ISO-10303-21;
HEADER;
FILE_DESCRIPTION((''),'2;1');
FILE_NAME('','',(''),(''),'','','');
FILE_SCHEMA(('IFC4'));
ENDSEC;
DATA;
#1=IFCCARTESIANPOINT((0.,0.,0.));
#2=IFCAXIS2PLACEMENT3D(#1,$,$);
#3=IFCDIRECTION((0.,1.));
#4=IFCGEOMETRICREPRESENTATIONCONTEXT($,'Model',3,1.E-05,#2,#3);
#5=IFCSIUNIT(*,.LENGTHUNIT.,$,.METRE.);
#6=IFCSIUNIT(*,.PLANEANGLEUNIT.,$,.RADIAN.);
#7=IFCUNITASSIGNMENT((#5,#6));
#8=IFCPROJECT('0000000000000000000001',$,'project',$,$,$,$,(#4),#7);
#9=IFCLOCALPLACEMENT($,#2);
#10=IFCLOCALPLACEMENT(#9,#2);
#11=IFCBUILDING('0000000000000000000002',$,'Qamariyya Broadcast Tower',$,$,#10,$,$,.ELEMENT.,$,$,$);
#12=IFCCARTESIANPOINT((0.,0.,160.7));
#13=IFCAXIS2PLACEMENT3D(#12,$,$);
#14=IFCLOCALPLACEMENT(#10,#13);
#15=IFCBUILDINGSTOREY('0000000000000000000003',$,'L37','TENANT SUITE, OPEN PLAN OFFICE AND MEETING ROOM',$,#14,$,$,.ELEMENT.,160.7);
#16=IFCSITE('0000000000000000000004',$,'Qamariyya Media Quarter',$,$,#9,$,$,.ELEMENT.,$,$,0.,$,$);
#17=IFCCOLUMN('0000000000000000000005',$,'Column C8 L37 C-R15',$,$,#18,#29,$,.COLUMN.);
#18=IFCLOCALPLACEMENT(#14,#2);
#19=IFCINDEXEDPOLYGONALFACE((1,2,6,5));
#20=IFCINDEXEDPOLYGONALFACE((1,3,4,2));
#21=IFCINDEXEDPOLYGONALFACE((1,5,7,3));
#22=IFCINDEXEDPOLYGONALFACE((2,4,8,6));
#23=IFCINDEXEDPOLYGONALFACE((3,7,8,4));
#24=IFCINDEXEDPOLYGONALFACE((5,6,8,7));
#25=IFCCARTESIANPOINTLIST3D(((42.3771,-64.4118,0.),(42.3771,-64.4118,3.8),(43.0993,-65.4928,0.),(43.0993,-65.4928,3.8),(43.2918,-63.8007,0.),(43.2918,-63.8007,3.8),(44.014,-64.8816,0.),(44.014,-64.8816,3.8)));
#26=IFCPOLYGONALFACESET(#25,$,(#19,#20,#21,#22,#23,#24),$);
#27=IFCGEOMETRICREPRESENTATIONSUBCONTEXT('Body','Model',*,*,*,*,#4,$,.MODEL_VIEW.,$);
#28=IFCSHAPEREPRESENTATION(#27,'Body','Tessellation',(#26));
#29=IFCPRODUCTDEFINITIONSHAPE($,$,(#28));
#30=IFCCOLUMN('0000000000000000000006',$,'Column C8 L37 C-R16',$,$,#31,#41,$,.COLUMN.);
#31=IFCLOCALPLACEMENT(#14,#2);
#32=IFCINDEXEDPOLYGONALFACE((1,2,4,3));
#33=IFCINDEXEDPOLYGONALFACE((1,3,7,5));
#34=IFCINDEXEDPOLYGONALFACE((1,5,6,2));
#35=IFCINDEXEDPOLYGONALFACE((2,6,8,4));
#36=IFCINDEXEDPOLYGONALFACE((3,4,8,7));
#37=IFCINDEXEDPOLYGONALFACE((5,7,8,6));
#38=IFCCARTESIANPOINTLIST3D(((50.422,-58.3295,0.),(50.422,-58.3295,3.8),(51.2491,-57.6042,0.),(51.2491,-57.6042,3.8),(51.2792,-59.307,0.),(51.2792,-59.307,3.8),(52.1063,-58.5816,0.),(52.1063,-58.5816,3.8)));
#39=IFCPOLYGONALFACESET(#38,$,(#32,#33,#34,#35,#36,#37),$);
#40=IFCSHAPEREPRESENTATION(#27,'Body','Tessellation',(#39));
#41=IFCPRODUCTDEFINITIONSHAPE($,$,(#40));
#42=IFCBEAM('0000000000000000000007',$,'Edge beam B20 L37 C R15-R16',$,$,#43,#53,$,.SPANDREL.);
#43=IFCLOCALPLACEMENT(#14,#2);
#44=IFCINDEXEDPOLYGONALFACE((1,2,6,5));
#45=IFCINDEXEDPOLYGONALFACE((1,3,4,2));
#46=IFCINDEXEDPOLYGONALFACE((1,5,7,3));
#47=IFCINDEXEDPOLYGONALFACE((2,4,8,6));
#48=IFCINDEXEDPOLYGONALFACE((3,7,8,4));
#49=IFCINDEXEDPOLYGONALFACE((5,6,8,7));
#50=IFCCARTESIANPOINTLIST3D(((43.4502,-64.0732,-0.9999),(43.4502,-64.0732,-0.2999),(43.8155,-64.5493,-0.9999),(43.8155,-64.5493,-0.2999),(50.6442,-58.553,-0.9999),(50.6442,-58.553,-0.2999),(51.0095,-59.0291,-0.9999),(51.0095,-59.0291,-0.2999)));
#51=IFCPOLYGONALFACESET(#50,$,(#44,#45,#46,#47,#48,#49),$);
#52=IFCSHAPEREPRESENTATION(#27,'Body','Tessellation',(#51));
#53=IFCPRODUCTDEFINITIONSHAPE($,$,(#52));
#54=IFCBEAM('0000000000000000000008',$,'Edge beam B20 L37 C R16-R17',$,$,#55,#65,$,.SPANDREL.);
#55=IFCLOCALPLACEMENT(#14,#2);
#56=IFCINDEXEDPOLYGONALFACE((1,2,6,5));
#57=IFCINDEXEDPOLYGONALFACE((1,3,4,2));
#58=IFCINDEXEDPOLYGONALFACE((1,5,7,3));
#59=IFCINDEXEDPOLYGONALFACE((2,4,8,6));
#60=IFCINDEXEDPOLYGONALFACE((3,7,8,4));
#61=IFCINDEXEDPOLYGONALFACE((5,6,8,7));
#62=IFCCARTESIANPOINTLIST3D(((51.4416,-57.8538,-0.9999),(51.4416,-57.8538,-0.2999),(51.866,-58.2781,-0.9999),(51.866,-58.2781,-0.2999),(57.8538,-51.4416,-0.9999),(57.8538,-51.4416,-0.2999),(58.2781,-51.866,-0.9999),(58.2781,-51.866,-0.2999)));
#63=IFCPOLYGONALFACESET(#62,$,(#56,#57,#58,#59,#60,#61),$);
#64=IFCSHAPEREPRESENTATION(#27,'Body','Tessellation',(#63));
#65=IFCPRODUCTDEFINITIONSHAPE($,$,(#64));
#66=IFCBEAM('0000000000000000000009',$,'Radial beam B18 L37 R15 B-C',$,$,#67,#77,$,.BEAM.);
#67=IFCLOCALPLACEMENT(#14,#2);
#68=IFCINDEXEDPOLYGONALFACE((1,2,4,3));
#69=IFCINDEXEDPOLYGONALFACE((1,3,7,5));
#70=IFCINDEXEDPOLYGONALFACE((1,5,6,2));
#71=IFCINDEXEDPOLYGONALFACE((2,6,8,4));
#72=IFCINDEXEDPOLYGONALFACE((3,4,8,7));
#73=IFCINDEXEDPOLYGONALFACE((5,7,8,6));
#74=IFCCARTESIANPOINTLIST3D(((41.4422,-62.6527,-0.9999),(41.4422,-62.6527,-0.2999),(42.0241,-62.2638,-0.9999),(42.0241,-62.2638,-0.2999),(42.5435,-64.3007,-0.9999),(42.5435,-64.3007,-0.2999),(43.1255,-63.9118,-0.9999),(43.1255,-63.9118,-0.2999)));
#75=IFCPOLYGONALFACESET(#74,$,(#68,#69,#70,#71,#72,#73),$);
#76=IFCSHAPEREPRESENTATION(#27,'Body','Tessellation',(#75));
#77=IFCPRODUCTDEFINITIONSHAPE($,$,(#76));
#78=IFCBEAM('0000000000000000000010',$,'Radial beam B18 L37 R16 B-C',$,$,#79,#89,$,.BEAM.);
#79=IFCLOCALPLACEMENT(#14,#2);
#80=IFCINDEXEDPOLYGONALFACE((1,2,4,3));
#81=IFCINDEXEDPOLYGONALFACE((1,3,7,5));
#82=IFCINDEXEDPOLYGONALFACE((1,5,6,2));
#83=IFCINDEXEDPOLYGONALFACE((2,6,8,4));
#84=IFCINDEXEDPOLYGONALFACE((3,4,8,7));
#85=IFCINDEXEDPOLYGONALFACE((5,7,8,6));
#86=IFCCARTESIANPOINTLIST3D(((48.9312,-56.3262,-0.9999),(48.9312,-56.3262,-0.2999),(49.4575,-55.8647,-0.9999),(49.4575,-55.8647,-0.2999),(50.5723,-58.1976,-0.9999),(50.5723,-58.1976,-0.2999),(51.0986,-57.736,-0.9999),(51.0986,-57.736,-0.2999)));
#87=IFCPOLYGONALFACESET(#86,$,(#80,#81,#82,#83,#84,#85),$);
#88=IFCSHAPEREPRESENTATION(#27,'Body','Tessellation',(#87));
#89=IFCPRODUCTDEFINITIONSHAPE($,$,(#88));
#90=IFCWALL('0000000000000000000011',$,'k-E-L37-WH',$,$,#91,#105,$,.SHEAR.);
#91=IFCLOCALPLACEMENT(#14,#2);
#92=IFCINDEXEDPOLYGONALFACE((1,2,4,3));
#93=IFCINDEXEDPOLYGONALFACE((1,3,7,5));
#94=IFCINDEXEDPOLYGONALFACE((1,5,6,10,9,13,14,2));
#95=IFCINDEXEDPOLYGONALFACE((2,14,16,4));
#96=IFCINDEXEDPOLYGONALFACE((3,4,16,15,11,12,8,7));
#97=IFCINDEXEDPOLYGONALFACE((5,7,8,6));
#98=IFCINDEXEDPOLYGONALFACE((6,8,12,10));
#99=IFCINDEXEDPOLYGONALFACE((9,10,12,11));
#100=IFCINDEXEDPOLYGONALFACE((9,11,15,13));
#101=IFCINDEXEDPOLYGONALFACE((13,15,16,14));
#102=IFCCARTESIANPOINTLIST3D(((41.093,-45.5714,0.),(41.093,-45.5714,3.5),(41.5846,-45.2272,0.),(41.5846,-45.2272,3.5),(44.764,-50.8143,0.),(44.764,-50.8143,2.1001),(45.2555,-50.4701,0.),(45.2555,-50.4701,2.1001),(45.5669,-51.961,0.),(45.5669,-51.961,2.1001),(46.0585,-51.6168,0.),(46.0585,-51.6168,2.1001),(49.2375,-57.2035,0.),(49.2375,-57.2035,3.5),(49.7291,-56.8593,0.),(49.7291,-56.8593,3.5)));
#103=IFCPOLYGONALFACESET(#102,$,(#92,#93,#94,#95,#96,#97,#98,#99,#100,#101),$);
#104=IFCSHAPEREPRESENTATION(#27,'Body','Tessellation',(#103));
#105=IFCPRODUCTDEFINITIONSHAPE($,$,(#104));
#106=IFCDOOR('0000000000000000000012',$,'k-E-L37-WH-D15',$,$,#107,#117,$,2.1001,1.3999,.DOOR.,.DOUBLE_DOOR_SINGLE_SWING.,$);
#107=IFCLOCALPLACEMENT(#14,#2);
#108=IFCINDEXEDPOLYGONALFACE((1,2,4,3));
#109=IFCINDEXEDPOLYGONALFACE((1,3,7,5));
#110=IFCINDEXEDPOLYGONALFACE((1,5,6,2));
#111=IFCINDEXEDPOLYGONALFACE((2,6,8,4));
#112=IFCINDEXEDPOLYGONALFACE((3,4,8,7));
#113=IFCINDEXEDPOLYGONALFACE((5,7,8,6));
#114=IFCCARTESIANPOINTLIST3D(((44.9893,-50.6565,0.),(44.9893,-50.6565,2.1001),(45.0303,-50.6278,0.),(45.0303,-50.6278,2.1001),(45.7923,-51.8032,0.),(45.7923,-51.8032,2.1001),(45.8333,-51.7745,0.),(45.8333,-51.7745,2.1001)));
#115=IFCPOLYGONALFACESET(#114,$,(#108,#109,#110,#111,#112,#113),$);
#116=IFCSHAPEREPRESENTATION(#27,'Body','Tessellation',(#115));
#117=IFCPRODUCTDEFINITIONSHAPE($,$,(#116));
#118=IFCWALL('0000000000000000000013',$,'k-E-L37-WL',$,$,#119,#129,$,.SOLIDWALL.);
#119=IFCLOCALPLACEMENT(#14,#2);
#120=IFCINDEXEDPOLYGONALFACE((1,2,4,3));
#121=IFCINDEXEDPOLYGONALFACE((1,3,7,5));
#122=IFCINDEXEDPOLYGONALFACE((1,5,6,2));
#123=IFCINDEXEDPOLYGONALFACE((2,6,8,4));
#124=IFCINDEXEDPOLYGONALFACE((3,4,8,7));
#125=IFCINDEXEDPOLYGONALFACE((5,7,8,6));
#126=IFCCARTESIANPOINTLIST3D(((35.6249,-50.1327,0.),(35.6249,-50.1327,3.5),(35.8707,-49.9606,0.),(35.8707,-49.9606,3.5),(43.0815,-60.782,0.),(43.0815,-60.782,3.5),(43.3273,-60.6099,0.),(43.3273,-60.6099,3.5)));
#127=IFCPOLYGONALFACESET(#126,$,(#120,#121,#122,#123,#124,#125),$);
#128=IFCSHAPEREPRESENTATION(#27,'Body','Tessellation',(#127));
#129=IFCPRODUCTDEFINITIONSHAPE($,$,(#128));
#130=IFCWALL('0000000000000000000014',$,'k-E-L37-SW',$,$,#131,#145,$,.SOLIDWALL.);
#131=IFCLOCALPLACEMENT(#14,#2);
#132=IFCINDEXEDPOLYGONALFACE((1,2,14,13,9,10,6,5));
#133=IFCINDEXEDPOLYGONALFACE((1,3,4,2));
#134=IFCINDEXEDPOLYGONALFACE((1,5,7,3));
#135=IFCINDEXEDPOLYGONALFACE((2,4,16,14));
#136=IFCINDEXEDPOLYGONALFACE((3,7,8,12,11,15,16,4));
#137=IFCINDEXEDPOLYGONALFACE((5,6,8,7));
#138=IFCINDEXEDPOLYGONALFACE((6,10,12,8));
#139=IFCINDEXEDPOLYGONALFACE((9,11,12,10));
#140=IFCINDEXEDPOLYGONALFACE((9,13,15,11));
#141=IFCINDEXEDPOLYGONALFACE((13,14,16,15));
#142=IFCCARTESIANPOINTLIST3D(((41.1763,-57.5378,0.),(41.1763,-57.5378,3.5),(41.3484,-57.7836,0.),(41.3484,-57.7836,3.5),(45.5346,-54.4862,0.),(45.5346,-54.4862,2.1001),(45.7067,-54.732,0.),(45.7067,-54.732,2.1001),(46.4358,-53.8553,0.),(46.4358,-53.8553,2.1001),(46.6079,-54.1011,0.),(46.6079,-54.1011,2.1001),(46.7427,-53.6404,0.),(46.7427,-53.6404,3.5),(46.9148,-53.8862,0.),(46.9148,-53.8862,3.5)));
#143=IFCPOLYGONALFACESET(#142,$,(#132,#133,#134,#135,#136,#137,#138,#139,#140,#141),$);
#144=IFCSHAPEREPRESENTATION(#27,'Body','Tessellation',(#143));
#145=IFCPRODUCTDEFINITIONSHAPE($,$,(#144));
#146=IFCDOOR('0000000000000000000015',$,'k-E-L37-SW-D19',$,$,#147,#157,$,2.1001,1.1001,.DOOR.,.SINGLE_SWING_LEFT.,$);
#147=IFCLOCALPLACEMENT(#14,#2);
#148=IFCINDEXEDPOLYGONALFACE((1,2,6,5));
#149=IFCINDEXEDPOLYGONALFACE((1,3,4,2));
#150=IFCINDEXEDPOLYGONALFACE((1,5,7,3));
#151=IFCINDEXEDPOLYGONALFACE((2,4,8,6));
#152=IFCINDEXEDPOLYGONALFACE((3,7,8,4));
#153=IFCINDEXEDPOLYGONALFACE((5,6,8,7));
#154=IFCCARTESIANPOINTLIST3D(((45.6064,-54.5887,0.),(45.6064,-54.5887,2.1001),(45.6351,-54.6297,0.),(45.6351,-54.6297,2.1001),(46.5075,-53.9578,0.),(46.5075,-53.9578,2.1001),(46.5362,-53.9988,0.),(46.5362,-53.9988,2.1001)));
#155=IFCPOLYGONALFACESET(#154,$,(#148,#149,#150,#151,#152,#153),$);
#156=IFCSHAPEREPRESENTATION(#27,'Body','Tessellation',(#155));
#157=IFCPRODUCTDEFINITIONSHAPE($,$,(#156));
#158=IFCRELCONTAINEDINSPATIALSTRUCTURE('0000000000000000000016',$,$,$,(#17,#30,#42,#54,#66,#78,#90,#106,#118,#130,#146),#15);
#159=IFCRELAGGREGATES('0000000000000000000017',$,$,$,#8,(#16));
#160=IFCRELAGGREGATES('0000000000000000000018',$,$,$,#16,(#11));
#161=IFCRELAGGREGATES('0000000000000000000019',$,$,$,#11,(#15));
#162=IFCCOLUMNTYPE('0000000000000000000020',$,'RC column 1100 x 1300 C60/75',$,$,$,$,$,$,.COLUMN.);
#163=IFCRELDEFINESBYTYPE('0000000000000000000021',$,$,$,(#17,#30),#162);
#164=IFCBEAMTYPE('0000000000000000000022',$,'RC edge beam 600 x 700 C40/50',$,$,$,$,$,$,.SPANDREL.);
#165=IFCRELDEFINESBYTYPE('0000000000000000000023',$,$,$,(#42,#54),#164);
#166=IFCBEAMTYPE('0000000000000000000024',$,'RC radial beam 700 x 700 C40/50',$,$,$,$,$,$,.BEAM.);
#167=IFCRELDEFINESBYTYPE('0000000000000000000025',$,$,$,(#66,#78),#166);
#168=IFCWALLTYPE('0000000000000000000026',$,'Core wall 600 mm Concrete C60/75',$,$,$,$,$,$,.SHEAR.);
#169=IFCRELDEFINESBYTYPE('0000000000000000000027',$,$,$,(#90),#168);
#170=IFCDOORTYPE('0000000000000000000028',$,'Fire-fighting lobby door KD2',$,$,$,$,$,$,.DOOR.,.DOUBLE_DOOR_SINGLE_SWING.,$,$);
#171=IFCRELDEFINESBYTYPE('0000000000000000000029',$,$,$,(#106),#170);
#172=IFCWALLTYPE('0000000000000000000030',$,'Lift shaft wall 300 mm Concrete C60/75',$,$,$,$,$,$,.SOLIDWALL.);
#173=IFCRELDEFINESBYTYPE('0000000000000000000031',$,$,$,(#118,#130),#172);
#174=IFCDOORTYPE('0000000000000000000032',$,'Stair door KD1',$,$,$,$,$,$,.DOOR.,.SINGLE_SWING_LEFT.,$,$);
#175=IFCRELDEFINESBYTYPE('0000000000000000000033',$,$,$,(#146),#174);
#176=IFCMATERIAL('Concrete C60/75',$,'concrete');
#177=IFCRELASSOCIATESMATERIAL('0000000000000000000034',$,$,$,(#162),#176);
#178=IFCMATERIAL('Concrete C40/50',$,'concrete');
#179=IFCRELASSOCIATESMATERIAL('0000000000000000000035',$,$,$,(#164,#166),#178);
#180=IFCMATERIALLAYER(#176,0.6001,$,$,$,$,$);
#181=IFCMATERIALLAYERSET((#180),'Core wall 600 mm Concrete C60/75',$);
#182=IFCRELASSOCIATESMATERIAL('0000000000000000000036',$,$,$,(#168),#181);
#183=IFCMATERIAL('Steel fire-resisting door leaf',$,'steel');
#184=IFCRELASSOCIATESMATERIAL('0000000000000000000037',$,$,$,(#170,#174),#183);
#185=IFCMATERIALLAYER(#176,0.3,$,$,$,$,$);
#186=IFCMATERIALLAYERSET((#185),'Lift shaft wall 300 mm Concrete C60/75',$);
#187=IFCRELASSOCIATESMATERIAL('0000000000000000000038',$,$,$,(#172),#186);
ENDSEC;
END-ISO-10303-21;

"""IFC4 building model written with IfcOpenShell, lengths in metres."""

from ifc_helpers import new_model, si_unit, direction, frame, frame_2d, origin, origin_2d, place, context, subcontext, project, spatial, rectangle, extrude, material, layer, layer_set, material_profile, profile_set, type_object, element, fill, save


model = new_model("IFC4")

# Units and contexts
model_context = context("Model", 3, precision=1e-05, world=origin(), true_north=direction((0.0, 1.0)))
body_context = subcontext(model_context, "Body", "Model", "MODEL_VIEW")
ifc_project = project(units=[si_unit("LENGTHUNIT", "METRE"), si_unit("PLANEANGLEUNIT", "RADIAN")], contexts=[model_context])

# Site, building, storey
site_placement = place(None, origin())
site = spatial("IfcSite", under=ifc_project, at=site_placement, Name="Qamariyya Media Quarter", CompositionType="ELEMENT", RefElevation=0.0)
building_placement = place(site_placement, origin())
building = spatial("IfcBuilding", under=site, at=building_placement, Name="Qamariyya Broadcast Tower", CompositionType="ELEMENT")
storey_placement = place(building_placement, frame((0.0, 0.0, 160.7)))
storey = spatial("IfcBuildingStorey", under=building, at=storey_placement, Name="L37", Description="TENANT SUITE, OPEN PLAN OFFICE AND MEETING ROOM", CompositionType="ELEMENT", Elevation=160.7)

# Columns
ifc_material_1 = material(Name="Concrete C60/75", Category="concrete")
ifc_material_profile_1 = material_profile(ifc_material_1, rectangle(XDim=1.1001, YDim=1.3, at=origin_2d()))
ifc_profile_set_1 = profile_set([ifc_material_profile_1], Name="Concrete C60/75")
column_type = type_object("IfcColumnType", Name="RC column 1100 x 1300 C60/75", PredefinedType="COLUMN", material=ifc_profile_set_1)
for number, where, z_axis, x_axis, name in (
    (1, (43.1956, -64.6467, 0.0), (0.0, 0.0, 1.0), (0.83147, 0.55557, 0.0), "Column C8 L37 C-R15"),
    (2, (51.2642, -58.4556, 0.0), (0.0, 0.0, 1.0), (0.75184, 0.659346, 0.0), "Column C8 L37 C-R16"),
):
    element("IfcColumn", number, at=place(storey_placement, frame(where, z_axis=z_axis, x_axis=x_axis)), inside=storey, type_object=column_type, Name=name, PredefinedType="COLUMN", context=body_context, shape_type="SweptSolid", body=[
        extrude(rectangle(XDim=1.1001, YDim=1.3, at=origin_2d()), origin(), (0.0, 0.0, 1.0), 3.8),
    ])

# Beams
ifc_material_2 = material(Name="Concrete C40/50", Category="concrete")
ifc_material_profile_2 = material_profile(ifc_material_2, rectangle(XDim=0.6001, YDim=0.7, at=origin_2d()))
ifc_profile_set_2 = profile_set([ifc_material_profile_2], Name="Concrete C40/50")
beam_type_1 = type_object("IfcBeamType", Name="RC edge beam 600 x 700 C40/50", PredefinedType="SPANDREL", material=ifc_profile_set_2)
beam_1_placement = place(storey_placement, frame((43.6328, -64.3113, -0.6499), z_axis=(0.793351, 0.608764, 0.0), x_axis=(-0.608764, 0.793351, 0.0)))
element("IfcBeam", 3, at=beam_1_placement, inside=storey, type_object=beam_type_1, Name="Edge beam B20 L37 C R15-R16", PredefinedType="SPANDREL", context=body_context, shape_type="SweptSolid", body=[
    extrude(rectangle(XDim=0.6001, YDim=0.7, at=origin_2d()), origin(), (0.0, 0.0, 1.0), 9.0679),
])
beam_2_placement = place(storey_placement, frame((51.6538, -58.0659, -0.6499), z_axis=(0.707107, 0.707107, 0.0), x_axis=(-0.707107, 0.707107, 0.0)))
element("IfcBeam", 4, at=beam_2_placement, inside=storey, type_object=beam_type_1, Name="Edge beam B20 L37 C R16-R17", PredefinedType="SPANDREL", context=body_context, shape_type="SweptSolid", body=[
    extrude(rectangle(XDim=0.6001, YDim=0.7, at=origin_2d()), origin(), (0.0, 0.0, 1.0), 9.0681),
])
ifc_material_profile_3 = material_profile(ifc_material_2, rectangle(XDim=0.7, YDim=0.7, at=origin_2d()))
ifc_profile_set_3 = profile_set([ifc_material_profile_3], Name="Concrete C40/50")
beam_type_2 = type_object("IfcBeamType", Name="RC radial beam 700 x 700 C40/50", PredefinedType="BEAM", material=ifc_profile_set_3)
beam_3_placement = place(storey_placement, frame((41.7332, -62.4583, -0.6499), z_axis=(0.555638, -0.831424, 0.0), x_axis=(0.831424, 0.555638, 0.0)))
element("IfcBeam", 5, at=beam_3_placement, inside=storey, type_object=beam_type_2, Name="Radial beam B18 L37 R15 B-C", PredefinedType="BEAM", context=body_context, shape_type="SweptSolid", body=[
    extrude(rectangle(XDim=0.7, YDim=0.7, at=origin_2d()), origin(), (0.0, 0.0, 1.0), 1.9822),
])
beam_4_placement = place(storey_placement, frame((49.1943, -56.0955, -0.6499), z_axis=(0.659344, -0.751841, 0.0), x_axis=(0.751841, 0.659344, 0.0)))
element("IfcBeam", 6, at=beam_4_placement, inside=storey, type_object=beam_type_2, Name="Radial beam B18 L37 R16 B-C", PredefinedType="BEAM", context=body_context, shape_type="SweptSolid", body=[
    extrude(rectangle(XDim=0.7, YDim=0.7, at=origin_2d()), origin(), (0.0, 0.0, 1.0), 2.489),
])

# Wall, opening, door
ifc_layer_1 = layer(ifc_material_1, 0.6001)
ifc_layer_set_1 = layer_set([ifc_layer_1], Name="Core wall 600 mm Concrete C60/75")
wall_type_1 = type_object("IfcWallType", Name="Core wall 600 mm Concrete C60/75", PredefinedType="SHEAR", material=ifc_layer_set_1)
wall_1_placement = place(storey_placement, frame((49.4834, -57.0315, 0.0), z_axis=(0.0, 0.0, 1.0), x_axis=(-0.57356, 0.819163, 0.0)))
wall_1 = element("IfcWall", 7, at=wall_1_placement, inside=storey, type_object=wall_type_1, Name="k-E-L37-WH", PredefinedType="SHEAR", context=body_context, shape_type="SweptSolid", body=[
    extrude(rectangle(XDim=14.2, YDim=0.6001, at=frame_2d((7.1001, 0.0))), origin(), (0.0, 0.0, 1.0), 3.5),
])
opening_1_placement = place(wall_1_placement, frame((6.3999, 0.0, 0.0)))
opening_1 = element("IfcOpeningElement", 8, at=opening_1_placement, cuts=wall_1, PredefinedType="OPENING", context=body_context, shape_type="SweptSolid", body=[
    extrude(rectangle(XDim=1.3999, YDim=2.1001, at=frame_2d((0.7, 1.05))), frame((0.0, 0.3101, 0.0), z_axis=(0.0, -1.0, 0.0), x_axis=(1.0, 0.0, 0.0)), (0.0, 0.0, 1.0), 0.6201),
])
ifc_material_3 = material(Name="Steel fire-resisting door leaf", Category="steel")
door_type_1 = type_object("IfcDoorType", Name="Fire-fighting lobby door KD2", OperationType="DOUBLE_DOOR_SINGLE_SWING", PredefinedType="DOOR", material=ifc_material_3)
door_1_placement = place(opening_1_placement, origin())
door_1 = element("IfcDoor", 9, at=door_1_placement, inside=storey, type_object=door_type_1, Name="k-E-L37-WH-D15", OperationType="DOUBLE_DOOR_SINGLE_SWING", OverallHeight=2.1001, OverallWidth=1.3999, PredefinedType="DOOR", context=body_context, shape_type="SweptSolid", body=[
    extrude(rectangle(XDim=1.3999, YDim=2.1001, at=frame_2d((0.7, 1.05))), frame((0.0, 0.0249, 0.0), z_axis=(0.0, -1.0, 0.0), x_axis=(1.0, 0.0, 0.0)), (0.0, 0.0, 1.0), 0.05),
])
fill(opening_1, door_1)

# Wall
ifc_layer_2 = layer(ifc_material_1, 0.3)
ifc_layer_set_2 = layer_set([ifc_layer_2], Name="Lift shaft wall 300 mm Concrete C60/75")
wall_type_2 = type_object("IfcWallType", Name="Lift shaft wall 300 mm Concrete C60/75", PredefinedType="SOLIDWALL", material=ifc_layer_set_2)
wall_2_placement = place(storey_placement, frame((43.2043, -60.6958, 0.0), z_axis=(0.0, 0.0, 1.0), x_axis=(-0.573572, 0.819155, 0.0)))
element("IfcWall", 10, at=wall_2_placement, inside=storey, type_object=wall_type_2, Name="k-E-L37-WL", PredefinedType="SOLIDWALL", context=body_context, shape_type="SweptSolid", body=[
    extrude(rectangle(XDim=13.0002, YDim=0.3, at=frame_2d((6.5, 0.0))), origin(), (0.0, 0.0, 1.0), 3.5),
])

# Wall, opening, door
wall_3_placement = place(storey_placement, frame((41.2625, -57.6606, 0.0), z_axis=(0.0, 0.0, 1.0), x_axis=(0.819164, 0.573559, 0.0)))
wall_3 = element("IfcWall", 11, at=wall_3_placement, inside=storey, type_object=wall_type_2, Name="k-E-L37-SW", PredefinedType="SOLIDWALL", context=body_context, shape_type="SweptSolid", body=[
    extrude(rectangle(XDim=6.7952, YDim=0.3, at=frame_2d((3.3975, 0.0))), origin(), (0.0, 0.0, 1.0), 3.5),
])
opening_2_placement = place(wall_3_placement, frame((5.3203, 0.0, 0.0)))
opening_2 = element("IfcOpeningElement", 12, at=opening_2_placement, cuts=wall_3, PredefinedType="OPENING", context=body_context, shape_type="SweptSolid", body=[
    extrude(rectangle(XDim=1.1001, YDim=2.1001, at=frame_2d((0.55, 1.05))), frame((0.0, 0.1599, 0.0), z_axis=(0.0, -1.0, 0.0), x_axis=(1.0, 0.0, 0.0)), (0.0, 0.0, 1.0), 0.3201),
])
door_type_2 = type_object("IfcDoorType", Name="Stair door KD1", OperationType="SINGLE_SWING_LEFT", PredefinedType="DOOR", material=ifc_material_3)
door_2_placement = place(opening_2_placement, origin())
door_2 = element("IfcDoor", 13, at=door_2_placement, inside=storey, type_object=door_type_2, Name="k-E-L37-SW-D19", OperationType="SINGLE_SWING_LEFT", OverallHeight=2.1001, OverallWidth=1.1001, PredefinedType="DOOR", context=body_context, shape_type="SweptSolid", body=[
    extrude(rectangle(XDim=1.1001, YDim=2.1001, at=frame_2d((0.55, 1.05))), frame((0.0, 0.0249, 0.0), z_axis=(0.0, -1.0, 0.0), x_axis=(1.0, 0.0, 0.0)), (0.0, 0.0, 1.0), 0.05),
])
fill(opening_2, door_2)

save(model, "model.ifc")
